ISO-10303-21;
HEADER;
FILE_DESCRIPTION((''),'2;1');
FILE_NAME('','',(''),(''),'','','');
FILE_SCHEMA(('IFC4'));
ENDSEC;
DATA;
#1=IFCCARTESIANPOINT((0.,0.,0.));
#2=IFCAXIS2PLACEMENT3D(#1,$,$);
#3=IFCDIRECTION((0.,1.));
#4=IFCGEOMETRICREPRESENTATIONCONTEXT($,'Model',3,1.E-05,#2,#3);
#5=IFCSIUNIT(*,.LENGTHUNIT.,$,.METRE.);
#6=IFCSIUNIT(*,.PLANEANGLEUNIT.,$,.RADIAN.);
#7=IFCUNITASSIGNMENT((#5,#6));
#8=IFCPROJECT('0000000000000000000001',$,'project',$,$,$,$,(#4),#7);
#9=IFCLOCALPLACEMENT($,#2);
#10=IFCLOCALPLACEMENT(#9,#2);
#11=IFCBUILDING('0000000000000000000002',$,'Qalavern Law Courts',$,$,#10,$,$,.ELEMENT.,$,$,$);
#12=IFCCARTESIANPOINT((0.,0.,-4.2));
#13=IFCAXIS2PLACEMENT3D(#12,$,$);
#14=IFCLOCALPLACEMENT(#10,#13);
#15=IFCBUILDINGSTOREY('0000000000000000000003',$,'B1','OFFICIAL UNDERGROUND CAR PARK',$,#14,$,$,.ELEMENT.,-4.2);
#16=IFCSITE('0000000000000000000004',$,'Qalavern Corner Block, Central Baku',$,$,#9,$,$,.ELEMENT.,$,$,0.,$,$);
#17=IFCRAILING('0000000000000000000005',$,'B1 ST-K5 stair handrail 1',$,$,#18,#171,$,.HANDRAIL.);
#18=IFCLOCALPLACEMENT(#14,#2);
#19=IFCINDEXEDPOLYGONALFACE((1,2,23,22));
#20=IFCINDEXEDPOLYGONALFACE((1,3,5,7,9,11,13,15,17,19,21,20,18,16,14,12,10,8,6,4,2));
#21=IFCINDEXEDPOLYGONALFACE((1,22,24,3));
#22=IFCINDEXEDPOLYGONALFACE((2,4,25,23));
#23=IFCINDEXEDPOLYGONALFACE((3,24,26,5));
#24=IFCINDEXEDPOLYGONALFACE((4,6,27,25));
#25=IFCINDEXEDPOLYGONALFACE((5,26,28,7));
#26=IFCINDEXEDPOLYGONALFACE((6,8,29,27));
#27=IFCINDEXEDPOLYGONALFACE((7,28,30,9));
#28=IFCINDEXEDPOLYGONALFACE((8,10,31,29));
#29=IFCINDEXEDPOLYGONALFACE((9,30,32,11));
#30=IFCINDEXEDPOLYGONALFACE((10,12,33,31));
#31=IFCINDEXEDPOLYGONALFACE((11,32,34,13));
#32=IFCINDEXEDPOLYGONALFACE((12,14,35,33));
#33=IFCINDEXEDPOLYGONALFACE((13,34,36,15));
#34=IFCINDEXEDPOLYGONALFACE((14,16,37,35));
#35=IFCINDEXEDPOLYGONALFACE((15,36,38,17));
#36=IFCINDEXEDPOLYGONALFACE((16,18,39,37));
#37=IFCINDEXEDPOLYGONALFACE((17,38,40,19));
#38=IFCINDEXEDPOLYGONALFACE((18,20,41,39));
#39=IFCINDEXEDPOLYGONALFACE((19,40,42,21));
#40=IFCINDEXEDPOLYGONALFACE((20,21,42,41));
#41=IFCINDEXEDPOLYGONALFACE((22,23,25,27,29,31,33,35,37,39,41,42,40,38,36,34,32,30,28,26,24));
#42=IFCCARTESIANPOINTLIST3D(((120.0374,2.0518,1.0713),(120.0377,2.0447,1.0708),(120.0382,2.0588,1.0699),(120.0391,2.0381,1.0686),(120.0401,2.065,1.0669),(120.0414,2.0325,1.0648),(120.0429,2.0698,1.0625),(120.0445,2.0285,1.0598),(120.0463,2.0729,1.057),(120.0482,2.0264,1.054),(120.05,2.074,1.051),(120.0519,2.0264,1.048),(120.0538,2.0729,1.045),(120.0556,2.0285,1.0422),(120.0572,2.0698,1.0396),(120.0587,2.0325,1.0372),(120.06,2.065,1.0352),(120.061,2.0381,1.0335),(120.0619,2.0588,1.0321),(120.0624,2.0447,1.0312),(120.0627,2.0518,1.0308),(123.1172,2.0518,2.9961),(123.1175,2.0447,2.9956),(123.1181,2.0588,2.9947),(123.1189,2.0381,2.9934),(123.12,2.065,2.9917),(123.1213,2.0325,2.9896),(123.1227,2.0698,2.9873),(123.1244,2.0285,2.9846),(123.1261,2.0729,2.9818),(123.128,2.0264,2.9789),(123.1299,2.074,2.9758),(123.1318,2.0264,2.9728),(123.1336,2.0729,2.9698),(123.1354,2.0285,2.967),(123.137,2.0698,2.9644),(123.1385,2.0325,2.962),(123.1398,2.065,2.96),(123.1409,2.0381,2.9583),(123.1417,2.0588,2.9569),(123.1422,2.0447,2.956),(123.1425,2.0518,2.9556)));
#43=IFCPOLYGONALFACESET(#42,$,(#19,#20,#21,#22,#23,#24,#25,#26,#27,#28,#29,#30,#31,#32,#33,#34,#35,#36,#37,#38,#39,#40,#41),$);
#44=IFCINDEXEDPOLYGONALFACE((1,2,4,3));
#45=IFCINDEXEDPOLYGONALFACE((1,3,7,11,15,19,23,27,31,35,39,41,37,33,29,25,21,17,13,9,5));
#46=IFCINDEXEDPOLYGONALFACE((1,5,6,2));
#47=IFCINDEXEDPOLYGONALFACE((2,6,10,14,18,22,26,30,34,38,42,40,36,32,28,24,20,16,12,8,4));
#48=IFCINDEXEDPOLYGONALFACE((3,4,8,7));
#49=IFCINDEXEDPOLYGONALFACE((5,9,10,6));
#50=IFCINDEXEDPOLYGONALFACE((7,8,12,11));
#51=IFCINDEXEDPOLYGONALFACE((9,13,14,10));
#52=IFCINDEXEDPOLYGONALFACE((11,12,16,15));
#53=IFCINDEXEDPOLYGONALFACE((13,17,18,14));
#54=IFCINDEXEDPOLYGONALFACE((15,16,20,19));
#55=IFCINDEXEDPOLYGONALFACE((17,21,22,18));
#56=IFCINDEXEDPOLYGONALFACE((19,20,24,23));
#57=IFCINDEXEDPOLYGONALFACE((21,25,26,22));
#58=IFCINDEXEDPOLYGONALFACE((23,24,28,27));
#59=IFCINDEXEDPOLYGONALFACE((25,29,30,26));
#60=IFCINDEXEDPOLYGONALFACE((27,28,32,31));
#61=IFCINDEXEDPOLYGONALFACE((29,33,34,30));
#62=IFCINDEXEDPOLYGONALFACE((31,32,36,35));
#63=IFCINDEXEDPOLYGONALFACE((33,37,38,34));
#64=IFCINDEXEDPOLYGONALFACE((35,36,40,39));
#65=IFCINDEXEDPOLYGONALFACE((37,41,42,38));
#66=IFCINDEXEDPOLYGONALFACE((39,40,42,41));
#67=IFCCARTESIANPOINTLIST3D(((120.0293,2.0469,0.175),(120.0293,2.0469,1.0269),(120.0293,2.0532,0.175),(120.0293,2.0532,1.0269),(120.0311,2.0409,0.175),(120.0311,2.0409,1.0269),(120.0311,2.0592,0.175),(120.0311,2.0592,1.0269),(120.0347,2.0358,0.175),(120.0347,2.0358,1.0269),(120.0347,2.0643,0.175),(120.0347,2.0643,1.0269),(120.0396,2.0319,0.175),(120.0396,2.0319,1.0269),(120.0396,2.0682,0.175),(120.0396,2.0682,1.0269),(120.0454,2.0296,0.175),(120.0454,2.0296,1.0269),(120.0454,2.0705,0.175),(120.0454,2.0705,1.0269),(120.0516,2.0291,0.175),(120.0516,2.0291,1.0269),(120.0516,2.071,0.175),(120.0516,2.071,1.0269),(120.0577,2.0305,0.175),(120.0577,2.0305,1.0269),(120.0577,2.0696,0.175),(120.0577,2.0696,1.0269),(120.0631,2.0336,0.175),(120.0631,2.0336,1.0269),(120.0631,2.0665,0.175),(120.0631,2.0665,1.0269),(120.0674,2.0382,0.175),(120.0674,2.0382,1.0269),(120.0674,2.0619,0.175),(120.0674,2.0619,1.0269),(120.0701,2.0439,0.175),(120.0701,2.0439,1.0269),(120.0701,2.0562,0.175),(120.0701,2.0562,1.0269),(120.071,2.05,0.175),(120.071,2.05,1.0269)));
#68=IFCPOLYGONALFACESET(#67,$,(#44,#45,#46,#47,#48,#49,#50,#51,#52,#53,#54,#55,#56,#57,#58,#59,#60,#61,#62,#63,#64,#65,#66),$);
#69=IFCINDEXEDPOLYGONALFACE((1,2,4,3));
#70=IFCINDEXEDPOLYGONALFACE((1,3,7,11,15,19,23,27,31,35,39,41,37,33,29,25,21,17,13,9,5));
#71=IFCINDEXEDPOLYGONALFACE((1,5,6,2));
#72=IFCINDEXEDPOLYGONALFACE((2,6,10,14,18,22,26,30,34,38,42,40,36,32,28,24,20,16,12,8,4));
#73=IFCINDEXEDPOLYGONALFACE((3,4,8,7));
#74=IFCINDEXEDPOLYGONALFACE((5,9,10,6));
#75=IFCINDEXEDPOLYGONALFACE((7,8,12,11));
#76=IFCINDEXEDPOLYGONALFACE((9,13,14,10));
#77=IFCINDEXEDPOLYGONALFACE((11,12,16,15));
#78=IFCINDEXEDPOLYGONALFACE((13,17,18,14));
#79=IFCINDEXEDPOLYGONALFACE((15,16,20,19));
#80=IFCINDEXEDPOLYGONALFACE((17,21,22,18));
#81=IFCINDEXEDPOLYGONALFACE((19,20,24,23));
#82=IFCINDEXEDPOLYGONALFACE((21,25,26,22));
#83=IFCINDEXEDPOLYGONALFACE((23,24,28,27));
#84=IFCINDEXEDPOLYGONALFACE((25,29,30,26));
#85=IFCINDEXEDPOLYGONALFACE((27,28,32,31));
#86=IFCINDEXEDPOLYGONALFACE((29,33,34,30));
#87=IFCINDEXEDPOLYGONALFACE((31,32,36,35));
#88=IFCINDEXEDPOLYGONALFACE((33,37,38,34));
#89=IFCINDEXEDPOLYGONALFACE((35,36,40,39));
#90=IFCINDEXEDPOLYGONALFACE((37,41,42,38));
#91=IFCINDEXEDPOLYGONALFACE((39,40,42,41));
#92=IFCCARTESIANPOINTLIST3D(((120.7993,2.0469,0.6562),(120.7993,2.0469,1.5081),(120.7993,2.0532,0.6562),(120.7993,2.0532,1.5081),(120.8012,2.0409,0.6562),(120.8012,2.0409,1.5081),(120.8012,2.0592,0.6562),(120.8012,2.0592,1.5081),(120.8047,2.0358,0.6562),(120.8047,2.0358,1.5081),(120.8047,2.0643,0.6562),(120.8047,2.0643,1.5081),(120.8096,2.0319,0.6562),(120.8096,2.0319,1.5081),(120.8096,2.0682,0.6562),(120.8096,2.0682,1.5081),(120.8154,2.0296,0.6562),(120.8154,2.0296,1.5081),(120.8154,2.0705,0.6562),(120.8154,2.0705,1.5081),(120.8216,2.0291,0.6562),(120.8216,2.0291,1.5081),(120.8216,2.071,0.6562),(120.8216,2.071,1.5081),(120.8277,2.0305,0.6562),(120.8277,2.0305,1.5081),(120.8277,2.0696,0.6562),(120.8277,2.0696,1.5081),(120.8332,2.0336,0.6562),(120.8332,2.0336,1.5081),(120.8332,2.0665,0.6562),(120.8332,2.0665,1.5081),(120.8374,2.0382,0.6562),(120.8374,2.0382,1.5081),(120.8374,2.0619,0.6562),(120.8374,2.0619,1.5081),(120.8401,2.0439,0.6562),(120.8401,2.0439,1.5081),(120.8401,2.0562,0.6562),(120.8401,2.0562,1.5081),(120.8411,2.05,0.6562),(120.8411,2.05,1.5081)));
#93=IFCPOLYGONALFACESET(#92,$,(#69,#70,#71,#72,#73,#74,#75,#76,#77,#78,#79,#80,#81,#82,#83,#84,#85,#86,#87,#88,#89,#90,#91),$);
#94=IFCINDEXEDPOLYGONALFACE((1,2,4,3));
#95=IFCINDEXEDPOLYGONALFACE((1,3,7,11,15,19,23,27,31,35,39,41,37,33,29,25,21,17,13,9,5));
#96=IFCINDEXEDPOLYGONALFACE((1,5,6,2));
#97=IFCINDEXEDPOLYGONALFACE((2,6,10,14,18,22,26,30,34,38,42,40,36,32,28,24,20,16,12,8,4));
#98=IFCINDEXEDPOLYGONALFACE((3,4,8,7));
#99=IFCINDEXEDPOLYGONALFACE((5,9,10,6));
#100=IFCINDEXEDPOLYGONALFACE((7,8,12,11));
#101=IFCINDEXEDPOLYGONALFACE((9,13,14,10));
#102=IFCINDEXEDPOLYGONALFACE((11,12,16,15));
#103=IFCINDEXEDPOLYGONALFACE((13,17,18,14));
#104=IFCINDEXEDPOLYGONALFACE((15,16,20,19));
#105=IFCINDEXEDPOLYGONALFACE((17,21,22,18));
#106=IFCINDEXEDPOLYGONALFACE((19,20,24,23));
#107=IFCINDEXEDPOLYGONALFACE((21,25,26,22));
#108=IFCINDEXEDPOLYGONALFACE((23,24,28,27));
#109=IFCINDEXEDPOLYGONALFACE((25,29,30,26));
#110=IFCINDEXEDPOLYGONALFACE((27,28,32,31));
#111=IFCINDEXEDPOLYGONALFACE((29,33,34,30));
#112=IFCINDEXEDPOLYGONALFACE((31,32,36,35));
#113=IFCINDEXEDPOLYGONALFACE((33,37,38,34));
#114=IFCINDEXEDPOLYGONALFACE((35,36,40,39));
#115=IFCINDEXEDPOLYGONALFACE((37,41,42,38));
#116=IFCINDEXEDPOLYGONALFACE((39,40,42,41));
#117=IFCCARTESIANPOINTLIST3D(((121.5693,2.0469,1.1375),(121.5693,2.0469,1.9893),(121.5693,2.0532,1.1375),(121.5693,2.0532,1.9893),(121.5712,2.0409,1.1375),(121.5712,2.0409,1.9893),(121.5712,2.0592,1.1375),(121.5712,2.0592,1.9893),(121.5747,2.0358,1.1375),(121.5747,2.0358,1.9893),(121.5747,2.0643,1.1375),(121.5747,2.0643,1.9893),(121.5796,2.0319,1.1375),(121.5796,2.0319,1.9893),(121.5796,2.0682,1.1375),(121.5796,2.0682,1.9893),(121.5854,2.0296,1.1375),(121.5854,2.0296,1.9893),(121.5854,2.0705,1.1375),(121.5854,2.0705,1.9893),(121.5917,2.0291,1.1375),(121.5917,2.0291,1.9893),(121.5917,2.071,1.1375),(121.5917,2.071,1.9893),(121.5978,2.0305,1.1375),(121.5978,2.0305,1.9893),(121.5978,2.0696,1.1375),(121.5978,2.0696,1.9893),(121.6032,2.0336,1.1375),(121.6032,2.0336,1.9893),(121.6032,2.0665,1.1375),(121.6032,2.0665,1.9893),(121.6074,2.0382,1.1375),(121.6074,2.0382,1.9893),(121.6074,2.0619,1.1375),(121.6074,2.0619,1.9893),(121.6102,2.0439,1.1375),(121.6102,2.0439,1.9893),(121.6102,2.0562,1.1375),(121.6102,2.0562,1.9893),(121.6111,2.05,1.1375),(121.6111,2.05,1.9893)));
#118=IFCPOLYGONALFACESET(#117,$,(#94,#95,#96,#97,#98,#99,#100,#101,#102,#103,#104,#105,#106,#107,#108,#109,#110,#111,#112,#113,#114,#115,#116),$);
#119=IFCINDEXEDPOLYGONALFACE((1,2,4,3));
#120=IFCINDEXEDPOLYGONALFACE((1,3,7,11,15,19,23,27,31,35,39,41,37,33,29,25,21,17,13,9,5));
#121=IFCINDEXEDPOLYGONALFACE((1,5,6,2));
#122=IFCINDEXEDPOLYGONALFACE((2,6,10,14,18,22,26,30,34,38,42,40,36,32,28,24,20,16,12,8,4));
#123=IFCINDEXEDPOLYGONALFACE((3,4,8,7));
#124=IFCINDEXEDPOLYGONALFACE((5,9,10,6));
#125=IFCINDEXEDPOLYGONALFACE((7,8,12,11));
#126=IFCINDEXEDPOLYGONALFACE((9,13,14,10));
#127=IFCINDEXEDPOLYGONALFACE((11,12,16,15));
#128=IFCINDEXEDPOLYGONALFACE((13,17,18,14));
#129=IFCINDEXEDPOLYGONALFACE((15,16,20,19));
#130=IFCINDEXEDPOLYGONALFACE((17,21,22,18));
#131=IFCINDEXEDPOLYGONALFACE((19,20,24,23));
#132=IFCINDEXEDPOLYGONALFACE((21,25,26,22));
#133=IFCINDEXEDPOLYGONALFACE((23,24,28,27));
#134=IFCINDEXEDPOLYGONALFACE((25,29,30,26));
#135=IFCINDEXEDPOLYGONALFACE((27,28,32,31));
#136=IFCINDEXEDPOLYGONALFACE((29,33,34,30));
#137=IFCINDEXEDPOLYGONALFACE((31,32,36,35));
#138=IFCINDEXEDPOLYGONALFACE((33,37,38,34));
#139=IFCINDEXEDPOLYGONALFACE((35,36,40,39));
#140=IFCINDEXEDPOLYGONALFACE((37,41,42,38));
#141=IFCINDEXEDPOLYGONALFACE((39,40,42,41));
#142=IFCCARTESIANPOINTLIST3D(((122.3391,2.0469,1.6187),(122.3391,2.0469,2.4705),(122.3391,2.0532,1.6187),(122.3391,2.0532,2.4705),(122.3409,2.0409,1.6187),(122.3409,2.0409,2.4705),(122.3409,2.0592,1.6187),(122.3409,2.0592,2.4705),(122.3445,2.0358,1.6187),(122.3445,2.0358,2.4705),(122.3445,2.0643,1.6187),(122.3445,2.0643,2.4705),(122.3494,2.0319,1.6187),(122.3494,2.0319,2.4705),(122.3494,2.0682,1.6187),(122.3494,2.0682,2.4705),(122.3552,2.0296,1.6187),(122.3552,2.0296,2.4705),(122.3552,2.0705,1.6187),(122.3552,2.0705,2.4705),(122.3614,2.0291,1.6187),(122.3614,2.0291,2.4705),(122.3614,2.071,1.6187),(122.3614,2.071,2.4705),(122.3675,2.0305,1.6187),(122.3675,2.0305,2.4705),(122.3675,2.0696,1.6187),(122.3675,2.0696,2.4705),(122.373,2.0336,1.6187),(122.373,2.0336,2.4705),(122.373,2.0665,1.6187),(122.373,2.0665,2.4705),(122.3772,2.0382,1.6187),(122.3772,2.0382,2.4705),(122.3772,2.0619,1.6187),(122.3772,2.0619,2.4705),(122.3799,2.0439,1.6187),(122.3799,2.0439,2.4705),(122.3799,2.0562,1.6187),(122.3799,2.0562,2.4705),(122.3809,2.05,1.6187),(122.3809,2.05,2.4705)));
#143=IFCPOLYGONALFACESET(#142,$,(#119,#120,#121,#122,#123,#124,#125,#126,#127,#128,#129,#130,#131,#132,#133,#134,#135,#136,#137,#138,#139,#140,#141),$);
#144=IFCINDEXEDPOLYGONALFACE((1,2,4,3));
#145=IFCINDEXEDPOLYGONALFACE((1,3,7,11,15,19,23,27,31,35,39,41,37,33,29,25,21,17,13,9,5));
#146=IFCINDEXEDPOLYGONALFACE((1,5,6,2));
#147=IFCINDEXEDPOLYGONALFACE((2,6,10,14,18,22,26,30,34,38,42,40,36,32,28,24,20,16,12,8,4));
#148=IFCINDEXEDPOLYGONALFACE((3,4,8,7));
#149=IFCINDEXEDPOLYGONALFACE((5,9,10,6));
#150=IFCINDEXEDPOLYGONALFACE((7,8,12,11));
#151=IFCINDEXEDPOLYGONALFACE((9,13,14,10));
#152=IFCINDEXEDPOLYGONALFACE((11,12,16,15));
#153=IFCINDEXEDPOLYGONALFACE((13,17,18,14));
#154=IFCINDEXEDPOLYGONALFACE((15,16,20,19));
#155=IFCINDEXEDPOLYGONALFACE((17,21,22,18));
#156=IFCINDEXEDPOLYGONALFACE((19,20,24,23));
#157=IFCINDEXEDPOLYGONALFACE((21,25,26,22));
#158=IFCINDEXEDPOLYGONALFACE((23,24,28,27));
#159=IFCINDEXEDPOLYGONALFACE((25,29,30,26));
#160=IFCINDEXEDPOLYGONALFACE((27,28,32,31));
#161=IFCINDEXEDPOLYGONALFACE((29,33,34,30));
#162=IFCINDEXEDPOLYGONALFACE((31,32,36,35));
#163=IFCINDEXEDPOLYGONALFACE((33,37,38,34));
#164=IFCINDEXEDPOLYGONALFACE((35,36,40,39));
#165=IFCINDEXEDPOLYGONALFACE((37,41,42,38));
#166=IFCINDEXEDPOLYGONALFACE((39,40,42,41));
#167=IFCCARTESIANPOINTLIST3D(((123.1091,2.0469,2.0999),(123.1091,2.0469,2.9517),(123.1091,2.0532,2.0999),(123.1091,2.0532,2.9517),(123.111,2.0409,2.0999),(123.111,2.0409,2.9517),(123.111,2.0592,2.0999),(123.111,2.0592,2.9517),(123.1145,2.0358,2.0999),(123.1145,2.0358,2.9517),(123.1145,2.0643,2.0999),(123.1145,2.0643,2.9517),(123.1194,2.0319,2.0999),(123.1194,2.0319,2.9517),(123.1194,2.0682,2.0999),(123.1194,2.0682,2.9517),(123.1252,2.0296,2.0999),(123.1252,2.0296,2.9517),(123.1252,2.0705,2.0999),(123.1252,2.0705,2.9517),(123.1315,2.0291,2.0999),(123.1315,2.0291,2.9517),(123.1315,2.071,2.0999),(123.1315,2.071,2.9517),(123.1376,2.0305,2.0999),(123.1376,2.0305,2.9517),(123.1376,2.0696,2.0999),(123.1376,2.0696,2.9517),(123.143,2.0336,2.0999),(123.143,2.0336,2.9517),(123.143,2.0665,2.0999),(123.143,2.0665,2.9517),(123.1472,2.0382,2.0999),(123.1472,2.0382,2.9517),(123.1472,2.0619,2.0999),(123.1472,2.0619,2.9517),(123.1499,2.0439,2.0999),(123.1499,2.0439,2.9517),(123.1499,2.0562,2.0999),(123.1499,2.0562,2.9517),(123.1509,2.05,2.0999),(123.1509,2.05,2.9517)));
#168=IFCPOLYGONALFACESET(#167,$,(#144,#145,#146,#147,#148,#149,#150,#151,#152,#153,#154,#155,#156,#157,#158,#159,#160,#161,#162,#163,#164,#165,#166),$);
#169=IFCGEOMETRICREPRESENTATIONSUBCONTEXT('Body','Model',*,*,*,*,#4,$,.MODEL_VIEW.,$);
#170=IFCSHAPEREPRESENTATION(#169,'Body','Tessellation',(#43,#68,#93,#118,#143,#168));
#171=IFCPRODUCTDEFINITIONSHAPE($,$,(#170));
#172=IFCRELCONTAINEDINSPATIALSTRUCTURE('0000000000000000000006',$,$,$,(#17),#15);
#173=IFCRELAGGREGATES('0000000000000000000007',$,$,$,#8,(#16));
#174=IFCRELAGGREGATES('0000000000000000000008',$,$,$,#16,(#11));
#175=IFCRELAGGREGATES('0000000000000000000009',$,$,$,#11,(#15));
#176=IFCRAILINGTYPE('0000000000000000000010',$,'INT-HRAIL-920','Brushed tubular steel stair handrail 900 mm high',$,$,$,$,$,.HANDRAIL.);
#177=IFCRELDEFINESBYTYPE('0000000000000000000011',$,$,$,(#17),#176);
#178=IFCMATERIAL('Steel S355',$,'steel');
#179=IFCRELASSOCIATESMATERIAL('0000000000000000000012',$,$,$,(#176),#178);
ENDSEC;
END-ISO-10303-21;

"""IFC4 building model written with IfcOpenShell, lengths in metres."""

from ifc_helpers import new_model, si_unit, direction, frame, origin, origin_2d, place, context, subcontext, project, spatial, circle, extrude, material, type_object, element, save


model = new_model("IFC4")

# Units and contexts
model_context = context("Model", 3, precision=1e-05, world=origin(), true_north=direction((0.0, 1.0)))
body_context = subcontext(model_context, "Body", "Model", "MODEL_VIEW")
ifc_project = project(units=[si_unit("LENGTHUNIT", "METRE"), si_unit("PLANEANGLEUNIT", "RADIAN")], contexts=[model_context])

# Site, building, storey
site_placement = place(None, origin())
site = spatial("IfcSite", under=ifc_project, at=site_placement, Name="Qalavern Corner Block, Central Baku", CompositionType="ELEMENT", RefElevation=0.0)
building_placement = place(site_placement, origin())
building = spatial("IfcBuilding", under=site, at=building_placement, Name="Qalavern Law Courts", CompositionType="ELEMENT")
storey_placement = place(building_placement, frame((0.0, 0.0, -4.2)))
storey = spatial("IfcBuildingStorey", under=building, at=storey_placement, Name="B1", Description="OFFICIAL UNDERGROUND CAR PARK", CompositionType="ELEMENT", Elevation=-4.2)

# Shared definitions
ifc_material_1 = material(Name="Steel S355", Category="steel")

# Railing
railing_type_1 = type_object("IfcRailingType", Name="INT-HRAIL-920", Description="Brushed tubular steel stair handrail 900 mm high", PredefinedType="HANDRAIL", material=ifc_material_1)
railing_1_placement = place(storey_placement, frame((120.05, 2.05, 0.175)))
element("IfcRailing", 1, at=railing_1_placement, inside=storey, type_object=railing_type_1, Name="B1 ST-K5 stair handrail 1", PredefinedType="HANDRAIL", context=body_context, shape_type="SweptSolid", body=[
    extrude(circle(Radius=0.0239, at=origin_2d()), frame((0.0, 0.0, 0.876), z_axis=(0.84801, 0.0, 0.529981), x_axis=(0.0, 1.0, 0.0)), (0.0, 0.0, 1.0), 3.6318),
    extrude(circle(Radius=0.021, at=origin_2d()), origin(), (0.0, 0.0, 1.0), 0.8518),
    extrude(circle(Radius=0.021, at=origin_2d()), frame((0.77, 0.0, 0.4812)), (0.0, 0.0, 1.0), 0.8518),
    extrude(circle(Radius=0.021, at=origin_2d()), frame((1.54, 0.0, 0.9624)), (0.0, 0.0, 1.0), 0.8518),
    extrude(circle(Radius=0.021, at=origin_2d()), frame((2.3098, 0.0, 1.4436)), (0.0, 0.0, 1.0), 0.8518),
    extrude(circle(Radius=0.021, at=origin_2d()), frame((3.0798, 0.0, 1.9248)), (0.0, 0.0, 1.0), 0.8518),
])

save(model, "model.ifc")
